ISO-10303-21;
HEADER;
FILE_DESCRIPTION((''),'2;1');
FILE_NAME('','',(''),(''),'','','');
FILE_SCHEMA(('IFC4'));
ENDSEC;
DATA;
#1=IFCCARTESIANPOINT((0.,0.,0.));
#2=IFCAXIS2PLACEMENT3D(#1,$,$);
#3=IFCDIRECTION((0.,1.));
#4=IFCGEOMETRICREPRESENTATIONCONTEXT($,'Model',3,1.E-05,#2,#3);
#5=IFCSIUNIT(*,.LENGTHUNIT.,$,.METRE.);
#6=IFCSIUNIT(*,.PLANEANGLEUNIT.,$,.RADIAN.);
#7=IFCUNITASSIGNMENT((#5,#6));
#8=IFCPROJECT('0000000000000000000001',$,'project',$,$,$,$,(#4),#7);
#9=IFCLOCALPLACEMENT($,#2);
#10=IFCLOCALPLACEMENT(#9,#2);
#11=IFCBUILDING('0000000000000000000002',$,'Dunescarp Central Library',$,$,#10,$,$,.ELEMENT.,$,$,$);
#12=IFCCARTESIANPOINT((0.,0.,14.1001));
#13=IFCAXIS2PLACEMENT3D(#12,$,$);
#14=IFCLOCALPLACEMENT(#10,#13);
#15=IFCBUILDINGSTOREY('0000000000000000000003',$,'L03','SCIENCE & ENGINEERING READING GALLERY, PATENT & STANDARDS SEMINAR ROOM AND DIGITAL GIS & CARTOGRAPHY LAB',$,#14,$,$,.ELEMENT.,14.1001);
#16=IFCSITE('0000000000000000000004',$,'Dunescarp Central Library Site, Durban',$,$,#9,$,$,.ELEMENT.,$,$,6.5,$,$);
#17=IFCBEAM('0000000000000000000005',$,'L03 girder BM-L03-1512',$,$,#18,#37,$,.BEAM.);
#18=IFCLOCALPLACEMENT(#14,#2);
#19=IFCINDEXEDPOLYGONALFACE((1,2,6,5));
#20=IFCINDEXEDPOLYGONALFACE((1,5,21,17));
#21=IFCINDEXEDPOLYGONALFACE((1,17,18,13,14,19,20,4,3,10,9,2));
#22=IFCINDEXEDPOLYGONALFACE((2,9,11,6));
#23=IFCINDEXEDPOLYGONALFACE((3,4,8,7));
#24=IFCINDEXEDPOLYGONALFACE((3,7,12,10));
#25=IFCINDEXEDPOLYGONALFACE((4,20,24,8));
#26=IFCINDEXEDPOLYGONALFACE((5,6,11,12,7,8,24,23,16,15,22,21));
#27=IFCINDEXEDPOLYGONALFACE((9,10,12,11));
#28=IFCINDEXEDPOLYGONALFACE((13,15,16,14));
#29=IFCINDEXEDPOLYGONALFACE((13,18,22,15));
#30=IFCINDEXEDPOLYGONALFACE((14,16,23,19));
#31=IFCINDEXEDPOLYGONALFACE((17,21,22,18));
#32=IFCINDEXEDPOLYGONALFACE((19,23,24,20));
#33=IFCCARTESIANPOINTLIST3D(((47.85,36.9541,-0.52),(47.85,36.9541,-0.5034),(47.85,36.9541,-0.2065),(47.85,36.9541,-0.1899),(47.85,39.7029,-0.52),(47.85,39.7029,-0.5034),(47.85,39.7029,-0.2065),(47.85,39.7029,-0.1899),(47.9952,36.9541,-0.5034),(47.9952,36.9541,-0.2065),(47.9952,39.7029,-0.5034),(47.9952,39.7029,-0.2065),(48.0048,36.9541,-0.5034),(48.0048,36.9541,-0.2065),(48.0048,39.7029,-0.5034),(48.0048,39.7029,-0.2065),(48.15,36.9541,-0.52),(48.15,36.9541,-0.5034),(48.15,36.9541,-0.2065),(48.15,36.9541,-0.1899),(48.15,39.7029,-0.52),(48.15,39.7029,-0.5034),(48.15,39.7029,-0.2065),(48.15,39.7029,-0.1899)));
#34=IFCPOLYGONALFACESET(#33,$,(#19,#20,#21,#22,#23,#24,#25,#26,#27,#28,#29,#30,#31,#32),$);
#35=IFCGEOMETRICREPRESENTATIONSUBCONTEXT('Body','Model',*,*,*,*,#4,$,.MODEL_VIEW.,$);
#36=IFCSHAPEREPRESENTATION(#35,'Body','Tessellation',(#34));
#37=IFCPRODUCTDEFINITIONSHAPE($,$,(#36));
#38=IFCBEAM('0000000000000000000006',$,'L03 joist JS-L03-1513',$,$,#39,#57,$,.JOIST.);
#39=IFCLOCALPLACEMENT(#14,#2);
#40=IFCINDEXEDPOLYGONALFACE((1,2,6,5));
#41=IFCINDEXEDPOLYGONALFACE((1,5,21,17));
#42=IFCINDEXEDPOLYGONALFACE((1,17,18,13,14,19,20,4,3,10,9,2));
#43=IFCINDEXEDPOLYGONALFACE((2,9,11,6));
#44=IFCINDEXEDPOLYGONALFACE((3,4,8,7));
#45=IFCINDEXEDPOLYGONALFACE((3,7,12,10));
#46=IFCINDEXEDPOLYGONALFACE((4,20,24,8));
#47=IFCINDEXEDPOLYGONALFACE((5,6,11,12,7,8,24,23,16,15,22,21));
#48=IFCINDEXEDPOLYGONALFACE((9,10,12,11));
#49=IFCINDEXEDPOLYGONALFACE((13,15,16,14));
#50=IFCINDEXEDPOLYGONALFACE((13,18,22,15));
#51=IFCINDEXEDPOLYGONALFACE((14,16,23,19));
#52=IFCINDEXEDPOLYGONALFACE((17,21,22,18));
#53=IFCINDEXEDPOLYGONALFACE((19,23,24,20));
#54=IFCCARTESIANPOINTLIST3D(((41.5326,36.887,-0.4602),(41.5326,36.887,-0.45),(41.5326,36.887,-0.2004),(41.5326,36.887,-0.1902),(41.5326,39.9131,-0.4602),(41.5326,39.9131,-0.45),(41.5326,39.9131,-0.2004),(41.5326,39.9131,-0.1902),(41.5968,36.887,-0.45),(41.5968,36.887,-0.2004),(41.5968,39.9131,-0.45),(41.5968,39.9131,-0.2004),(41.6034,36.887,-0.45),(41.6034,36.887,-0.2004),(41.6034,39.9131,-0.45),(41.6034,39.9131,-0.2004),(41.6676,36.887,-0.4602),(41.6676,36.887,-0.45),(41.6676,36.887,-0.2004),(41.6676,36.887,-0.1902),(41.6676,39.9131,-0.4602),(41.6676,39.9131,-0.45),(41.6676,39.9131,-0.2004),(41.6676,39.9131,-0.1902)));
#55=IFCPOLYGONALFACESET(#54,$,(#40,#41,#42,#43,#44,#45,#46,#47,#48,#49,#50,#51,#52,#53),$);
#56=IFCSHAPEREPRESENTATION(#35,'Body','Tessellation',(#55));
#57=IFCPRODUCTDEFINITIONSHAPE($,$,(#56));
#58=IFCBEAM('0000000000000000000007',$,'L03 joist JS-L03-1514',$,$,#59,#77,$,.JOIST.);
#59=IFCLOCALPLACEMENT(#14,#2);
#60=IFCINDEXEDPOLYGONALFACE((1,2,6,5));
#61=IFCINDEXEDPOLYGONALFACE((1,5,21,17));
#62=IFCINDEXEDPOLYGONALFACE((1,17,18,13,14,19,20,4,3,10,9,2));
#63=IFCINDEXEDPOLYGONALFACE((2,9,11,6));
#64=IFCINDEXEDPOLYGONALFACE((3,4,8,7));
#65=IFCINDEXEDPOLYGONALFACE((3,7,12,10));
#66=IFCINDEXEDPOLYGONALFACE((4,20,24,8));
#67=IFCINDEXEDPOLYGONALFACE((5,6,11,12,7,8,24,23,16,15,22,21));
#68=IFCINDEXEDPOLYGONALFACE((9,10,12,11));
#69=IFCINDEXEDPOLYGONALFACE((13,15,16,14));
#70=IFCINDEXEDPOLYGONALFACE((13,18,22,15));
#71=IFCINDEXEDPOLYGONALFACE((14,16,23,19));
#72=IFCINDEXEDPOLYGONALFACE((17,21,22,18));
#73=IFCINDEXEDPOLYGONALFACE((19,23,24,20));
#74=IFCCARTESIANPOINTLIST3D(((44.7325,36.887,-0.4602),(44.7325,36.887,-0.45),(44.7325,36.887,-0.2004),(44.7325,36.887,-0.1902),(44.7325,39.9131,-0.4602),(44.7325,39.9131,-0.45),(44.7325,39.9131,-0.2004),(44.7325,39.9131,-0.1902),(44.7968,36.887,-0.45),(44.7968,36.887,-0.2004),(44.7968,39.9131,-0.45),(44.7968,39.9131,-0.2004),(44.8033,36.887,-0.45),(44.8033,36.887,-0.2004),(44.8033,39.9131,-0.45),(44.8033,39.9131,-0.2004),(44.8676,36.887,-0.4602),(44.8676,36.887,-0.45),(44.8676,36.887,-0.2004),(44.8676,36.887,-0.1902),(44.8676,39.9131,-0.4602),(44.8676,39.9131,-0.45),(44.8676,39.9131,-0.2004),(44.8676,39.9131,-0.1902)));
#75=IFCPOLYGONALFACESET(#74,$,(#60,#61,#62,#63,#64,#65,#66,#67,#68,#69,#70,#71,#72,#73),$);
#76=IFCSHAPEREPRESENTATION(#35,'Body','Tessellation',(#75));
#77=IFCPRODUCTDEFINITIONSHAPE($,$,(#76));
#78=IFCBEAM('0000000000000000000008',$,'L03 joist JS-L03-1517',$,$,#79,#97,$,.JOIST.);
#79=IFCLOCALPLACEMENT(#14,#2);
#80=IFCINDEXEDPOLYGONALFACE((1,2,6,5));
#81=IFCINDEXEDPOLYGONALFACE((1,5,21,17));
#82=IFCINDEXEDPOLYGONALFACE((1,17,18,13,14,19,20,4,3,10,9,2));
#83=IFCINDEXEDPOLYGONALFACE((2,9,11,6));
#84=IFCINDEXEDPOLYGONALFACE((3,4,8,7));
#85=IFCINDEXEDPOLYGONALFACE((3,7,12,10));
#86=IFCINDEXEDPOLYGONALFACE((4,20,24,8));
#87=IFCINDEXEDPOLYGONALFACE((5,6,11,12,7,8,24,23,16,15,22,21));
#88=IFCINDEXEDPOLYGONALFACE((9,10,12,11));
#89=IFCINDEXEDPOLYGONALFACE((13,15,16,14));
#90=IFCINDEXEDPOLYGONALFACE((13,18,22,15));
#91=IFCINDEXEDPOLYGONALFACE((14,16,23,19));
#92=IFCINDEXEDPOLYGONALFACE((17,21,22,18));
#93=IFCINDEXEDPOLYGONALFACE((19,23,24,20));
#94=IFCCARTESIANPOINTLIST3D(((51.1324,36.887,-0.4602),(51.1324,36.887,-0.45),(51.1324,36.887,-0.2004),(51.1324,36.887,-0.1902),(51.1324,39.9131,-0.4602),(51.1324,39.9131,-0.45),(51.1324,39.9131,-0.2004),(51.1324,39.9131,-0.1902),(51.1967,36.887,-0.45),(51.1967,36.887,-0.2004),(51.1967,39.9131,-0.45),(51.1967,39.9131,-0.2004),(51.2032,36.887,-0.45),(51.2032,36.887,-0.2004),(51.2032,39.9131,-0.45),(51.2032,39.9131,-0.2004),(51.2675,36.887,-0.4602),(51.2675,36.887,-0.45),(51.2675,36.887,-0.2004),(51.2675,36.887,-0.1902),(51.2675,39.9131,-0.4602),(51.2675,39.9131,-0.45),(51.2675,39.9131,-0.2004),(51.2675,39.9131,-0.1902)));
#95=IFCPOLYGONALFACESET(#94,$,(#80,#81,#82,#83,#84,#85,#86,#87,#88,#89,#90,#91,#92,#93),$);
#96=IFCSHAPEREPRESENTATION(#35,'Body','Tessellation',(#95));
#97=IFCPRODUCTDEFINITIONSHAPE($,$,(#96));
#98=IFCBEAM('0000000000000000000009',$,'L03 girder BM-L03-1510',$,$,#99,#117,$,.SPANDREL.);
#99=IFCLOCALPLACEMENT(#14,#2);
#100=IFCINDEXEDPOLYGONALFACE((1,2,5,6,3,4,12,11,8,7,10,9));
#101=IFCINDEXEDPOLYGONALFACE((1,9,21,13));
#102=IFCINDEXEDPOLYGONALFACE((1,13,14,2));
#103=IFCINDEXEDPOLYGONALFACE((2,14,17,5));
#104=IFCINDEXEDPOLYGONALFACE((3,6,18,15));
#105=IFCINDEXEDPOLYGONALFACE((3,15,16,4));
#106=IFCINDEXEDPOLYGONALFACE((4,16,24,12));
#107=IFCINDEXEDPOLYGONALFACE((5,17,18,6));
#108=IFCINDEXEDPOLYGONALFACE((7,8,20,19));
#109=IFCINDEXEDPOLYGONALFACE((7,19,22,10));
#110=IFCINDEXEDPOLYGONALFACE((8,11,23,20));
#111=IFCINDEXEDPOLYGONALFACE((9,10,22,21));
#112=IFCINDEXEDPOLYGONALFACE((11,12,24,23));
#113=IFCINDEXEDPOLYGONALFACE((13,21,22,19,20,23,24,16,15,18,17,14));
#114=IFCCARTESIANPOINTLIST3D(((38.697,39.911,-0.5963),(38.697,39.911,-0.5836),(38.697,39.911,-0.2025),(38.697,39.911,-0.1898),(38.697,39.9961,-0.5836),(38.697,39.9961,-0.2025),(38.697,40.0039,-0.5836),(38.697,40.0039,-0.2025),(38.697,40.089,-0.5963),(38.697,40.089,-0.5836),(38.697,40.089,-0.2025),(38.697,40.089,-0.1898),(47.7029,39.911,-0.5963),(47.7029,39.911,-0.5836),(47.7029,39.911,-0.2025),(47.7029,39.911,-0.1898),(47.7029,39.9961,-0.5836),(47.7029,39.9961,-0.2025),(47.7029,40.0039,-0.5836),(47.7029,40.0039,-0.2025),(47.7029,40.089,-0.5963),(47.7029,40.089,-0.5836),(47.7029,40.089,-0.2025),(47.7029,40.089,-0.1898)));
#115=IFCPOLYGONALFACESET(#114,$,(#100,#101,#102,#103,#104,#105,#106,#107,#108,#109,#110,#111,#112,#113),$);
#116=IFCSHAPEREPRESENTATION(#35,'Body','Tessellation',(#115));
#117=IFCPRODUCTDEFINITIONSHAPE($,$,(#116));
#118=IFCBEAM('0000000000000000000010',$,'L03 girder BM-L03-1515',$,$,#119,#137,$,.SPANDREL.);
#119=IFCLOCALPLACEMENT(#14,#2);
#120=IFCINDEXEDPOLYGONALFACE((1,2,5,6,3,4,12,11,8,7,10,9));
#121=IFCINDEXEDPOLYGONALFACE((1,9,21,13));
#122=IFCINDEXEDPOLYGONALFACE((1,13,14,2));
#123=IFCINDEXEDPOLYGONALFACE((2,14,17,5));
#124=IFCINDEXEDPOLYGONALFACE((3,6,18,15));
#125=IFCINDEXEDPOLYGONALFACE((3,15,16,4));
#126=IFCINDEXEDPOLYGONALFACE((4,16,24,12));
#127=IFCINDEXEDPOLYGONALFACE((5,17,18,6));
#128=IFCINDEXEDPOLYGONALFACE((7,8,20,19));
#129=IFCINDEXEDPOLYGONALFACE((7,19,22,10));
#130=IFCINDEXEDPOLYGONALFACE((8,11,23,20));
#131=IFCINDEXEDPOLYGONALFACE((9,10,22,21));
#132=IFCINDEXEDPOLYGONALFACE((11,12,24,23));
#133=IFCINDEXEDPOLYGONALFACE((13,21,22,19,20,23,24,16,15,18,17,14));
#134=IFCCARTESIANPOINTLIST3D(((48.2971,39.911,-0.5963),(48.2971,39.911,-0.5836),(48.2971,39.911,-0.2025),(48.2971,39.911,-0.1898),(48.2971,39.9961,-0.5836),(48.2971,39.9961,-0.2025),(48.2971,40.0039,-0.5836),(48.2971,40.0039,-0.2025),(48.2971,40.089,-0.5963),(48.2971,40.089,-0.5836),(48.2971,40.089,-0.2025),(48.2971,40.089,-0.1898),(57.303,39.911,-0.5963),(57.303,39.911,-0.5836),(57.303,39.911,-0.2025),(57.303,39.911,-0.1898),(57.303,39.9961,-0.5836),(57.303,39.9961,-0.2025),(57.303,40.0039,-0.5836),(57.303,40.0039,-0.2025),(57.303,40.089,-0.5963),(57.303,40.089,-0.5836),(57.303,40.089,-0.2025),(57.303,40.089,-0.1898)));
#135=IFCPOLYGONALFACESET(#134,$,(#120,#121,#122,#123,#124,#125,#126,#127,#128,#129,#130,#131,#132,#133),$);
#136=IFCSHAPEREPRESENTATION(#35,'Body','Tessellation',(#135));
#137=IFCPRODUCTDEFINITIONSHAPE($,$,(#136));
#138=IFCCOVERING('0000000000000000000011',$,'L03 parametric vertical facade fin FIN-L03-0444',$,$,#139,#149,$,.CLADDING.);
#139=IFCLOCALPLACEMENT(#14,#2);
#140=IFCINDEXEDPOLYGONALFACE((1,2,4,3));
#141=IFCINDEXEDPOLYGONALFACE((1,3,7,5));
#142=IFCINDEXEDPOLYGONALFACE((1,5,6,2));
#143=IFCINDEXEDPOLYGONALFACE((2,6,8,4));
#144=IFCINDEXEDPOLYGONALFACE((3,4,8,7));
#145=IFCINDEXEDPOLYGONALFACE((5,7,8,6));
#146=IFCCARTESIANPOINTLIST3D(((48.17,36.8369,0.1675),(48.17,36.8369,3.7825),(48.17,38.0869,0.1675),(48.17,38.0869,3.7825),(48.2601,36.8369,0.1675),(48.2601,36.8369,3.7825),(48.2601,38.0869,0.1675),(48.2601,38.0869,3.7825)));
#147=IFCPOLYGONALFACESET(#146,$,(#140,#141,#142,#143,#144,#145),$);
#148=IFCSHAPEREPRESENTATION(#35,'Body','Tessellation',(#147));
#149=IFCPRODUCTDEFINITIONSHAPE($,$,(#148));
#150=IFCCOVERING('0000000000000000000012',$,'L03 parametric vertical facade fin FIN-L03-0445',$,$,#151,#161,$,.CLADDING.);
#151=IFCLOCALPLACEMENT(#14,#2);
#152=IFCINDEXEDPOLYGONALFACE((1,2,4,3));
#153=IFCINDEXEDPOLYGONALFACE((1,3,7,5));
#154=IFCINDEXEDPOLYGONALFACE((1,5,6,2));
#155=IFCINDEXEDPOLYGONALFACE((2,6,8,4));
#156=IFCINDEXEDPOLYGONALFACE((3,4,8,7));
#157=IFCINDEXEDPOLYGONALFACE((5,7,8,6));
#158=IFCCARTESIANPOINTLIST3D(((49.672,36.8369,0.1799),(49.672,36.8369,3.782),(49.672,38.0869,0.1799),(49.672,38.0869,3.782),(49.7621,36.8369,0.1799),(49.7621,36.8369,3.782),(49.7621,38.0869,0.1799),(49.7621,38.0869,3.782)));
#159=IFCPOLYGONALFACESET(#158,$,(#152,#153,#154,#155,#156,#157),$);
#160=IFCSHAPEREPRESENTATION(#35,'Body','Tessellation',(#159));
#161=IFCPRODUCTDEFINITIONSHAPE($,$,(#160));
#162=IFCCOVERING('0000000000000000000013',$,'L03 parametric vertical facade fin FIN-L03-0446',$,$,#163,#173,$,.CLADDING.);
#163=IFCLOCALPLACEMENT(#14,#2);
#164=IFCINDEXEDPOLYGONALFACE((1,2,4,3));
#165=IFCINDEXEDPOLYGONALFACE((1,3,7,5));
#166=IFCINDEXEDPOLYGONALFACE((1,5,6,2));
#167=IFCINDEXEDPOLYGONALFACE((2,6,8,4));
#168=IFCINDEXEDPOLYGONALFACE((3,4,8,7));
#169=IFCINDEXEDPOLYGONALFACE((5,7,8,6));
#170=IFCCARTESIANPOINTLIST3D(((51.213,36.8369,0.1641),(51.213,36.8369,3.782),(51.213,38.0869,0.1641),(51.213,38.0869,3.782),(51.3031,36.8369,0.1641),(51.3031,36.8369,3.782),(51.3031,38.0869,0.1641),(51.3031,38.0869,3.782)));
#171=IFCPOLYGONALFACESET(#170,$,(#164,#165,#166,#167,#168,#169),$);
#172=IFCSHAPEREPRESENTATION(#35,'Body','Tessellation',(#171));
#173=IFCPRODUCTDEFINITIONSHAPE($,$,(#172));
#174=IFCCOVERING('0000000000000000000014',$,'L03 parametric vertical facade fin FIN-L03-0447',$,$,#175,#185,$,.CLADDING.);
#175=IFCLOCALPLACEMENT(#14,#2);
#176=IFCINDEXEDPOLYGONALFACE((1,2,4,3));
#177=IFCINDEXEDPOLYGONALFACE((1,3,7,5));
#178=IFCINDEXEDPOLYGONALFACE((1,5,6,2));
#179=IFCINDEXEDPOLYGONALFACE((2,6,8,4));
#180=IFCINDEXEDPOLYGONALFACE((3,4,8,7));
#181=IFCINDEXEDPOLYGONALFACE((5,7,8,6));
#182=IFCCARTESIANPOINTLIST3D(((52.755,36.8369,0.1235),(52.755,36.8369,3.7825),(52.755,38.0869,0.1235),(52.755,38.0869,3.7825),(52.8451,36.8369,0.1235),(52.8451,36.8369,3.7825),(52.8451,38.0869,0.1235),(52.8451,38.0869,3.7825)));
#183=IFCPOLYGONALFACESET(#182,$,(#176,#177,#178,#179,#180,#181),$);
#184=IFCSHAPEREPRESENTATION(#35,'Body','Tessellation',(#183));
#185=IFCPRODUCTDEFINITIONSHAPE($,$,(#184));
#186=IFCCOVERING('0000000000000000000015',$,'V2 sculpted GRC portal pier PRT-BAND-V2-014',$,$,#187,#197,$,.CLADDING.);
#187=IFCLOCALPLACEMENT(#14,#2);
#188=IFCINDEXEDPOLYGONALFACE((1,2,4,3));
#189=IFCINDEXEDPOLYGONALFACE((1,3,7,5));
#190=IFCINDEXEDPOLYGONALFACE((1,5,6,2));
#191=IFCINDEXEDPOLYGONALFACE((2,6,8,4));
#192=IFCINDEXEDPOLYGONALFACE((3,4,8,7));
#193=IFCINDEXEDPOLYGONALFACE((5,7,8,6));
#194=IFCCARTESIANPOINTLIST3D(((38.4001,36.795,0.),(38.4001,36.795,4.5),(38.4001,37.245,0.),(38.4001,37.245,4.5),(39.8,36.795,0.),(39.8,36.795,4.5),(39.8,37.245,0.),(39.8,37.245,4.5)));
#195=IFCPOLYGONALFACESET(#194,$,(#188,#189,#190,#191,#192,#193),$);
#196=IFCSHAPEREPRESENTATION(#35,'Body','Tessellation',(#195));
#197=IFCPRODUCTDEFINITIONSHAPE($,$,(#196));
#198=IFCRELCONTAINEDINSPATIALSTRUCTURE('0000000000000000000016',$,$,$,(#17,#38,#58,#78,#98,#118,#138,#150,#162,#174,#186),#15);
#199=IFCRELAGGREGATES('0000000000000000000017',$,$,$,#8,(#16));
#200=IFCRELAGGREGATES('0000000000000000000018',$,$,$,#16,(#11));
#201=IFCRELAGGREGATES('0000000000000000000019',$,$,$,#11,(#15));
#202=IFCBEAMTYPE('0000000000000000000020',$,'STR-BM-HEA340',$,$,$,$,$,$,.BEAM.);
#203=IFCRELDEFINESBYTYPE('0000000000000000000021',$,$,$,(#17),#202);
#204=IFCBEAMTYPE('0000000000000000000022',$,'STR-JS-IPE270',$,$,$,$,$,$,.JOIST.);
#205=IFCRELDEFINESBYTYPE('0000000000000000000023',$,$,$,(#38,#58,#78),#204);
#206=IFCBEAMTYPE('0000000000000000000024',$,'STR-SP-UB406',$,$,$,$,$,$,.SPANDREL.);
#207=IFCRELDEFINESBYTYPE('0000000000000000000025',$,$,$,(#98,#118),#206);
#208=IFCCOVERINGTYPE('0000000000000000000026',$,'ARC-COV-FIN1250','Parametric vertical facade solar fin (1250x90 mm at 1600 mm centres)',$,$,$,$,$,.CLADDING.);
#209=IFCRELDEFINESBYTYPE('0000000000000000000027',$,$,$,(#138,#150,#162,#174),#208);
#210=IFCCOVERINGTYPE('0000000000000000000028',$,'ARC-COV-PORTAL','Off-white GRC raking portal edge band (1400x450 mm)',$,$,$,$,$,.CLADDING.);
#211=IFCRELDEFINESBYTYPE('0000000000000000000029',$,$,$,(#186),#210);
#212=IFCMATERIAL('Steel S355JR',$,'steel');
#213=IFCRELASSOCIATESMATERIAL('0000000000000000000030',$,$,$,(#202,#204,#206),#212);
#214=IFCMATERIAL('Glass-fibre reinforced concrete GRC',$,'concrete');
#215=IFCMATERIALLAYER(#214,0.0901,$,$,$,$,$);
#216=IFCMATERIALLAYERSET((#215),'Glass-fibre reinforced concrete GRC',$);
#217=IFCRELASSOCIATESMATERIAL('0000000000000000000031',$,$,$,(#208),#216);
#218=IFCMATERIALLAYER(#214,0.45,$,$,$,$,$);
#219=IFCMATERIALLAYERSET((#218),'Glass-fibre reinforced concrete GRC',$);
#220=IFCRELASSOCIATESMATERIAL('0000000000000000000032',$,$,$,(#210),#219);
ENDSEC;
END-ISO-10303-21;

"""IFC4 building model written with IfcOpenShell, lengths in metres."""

from ifc_helpers import new_model, si_unit, direction, frame, origin, origin_2d, place, context, subcontext, project, spatial, rectangle, i_section, extrude, material, layer, layer_set, material_profile, profile_set, type_object, element, save


model = new_model("IFC4")

# Units and contexts
model_context = context("Model", 3, precision=1e-05, world=origin(), true_north=direction((0.0, 1.0)))
body_context = subcontext(model_context, "Body", "Model", "MODEL_VIEW")
ifc_project = project(units=[si_unit("LENGTHUNIT", "METRE"), si_unit("PLANEANGLEUNIT", "RADIAN")], contexts=[model_context])

# Site, building, storey
site_placement = place(None, origin())
site = spatial("IfcSite", under=ifc_project, at=site_placement, Name="Dunescarp Central Library Site, Durban", CompositionType="ELEMENT", RefElevation=6.5)
building_placement = place(site_placement, origin())
building = spatial("IfcBuilding", under=site, at=building_placement, Name="Dunescarp Central Library", CompositionType="ELEMENT")
storey_placement = place(building_placement, frame((0.0, 0.0, 14.1001)))
storey = spatial("IfcBuildingStorey", under=building, at=storey_placement, Name="L03", Description="SCIENCE & ENGINEERING READING GALLERY, PATENT & STANDARDS SEMINAR ROOM AND DIGITAL GIS & CARTOGRAPHY LAB", CompositionType="ELEMENT", Elevation=14.1001)

# Beams
ifc_material_1 = material(Name="Steel S355JR", Category="steel")
ifc_material_profile_1 = material_profile(ifc_material_1, i_section(OverallWidth=0.3, OverallDepth=0.3301, WebThickness=0.0095, FlangeThickness=0.0166, at=origin_2d()), Name="HEA 340")
ifc_profile_set_1 = profile_set([ifc_material_profile_1], Name="Steel S355JR")
beam_type_1 = type_object("IfcBeamType", Name="STR-BM-HEA340", PredefinedType="BEAM", material=ifc_profile_set_1)
beam_placement = place(storey_placement, frame((48.0, 36.9541, -0.355), z_axis=(0.0, 1.0, 0.0), x_axis=(-1.0, 0.0, 0.0)))
element("IfcBeam", 1, at=beam_placement, inside=storey, type_object=beam_type_1, Name="L03 girder BM-L03-1512", PredefinedType="BEAM", context=body_context, shape_type="SweptSolid", body=[
    extrude(i_section(OverallWidth=0.3, OverallDepth=0.3301, WebThickness=0.0095, FlangeThickness=0.0166, at=origin_2d()), origin(), (0.0, 0.0, 1.0), 2.7488),
])
ifc_material_profile_2 = material_profile(ifc_material_1, i_section(OverallWidth=0.135, OverallDepth=0.27, WebThickness=0.0066, FlangeThickness=0.0103, at=origin_2d()), Name="IPE 270")
ifc_profile_set_2 = profile_set([ifc_material_profile_2], Name="Steel S355JR")
beam_type_2 = type_object("IfcBeamType", Name="STR-JS-IPE270", PredefinedType="JOIST", material=ifc_profile_set_2)
for number, where, z_axis, x_axis, name in (
    (2, (41.6001, 36.887, -0.3252), (0.0, 1.0, 0.0), (-1.0, 0.0, 0.0), "L03 joist JS-L03-1513"),
    (3, (44.8, 36.887, -0.3252), (0.0, 1.0, 0.0), (-1.0, 0.0, 0.0), "L03 joist JS-L03-1514"),
    (4, (51.2, 36.887, -0.3252), (0.0, 1.0, 0.0), (-1.0, 0.0, 0.0), "L03 joist JS-L03-1517"),
):
    element("IfcBeam", number, at=place(storey_placement, frame(where, z_axis=z_axis, x_axis=x_axis)), inside=storey, type_object=beam_type_2, Name=name, PredefinedType="JOIST", context=body_context, shape_type="SweptSolid", body=[
        extrude(i_section(OverallWidth=0.135, OverallDepth=0.27, WebThickness=0.0066, FlangeThickness=0.0103, at=origin_2d()), origin(), (0.0, 0.0, 1.0), 3.0261),
    ])
ifc_material_profile_3 = material_profile(ifc_material_1, i_section(OverallWidth=0.178, OverallDepth=0.4065, WebThickness=0.0078, FlangeThickness=0.0127, at=origin_2d()), Name="UB 406x178x60")
ifc_profile_set_3 = profile_set([ifc_material_profile_3], Name="Steel S355JR")
beam_type_3 = type_object("IfcBeamType", Name="STR-SP-UB406", PredefinedType="SPANDREL", material=ifc_profile_set_3)
for number, where, z_axis, x_axis, name in (
    (5, (38.697, 40.0, -0.3931), (1.0, 0.0, 0.0), (0.0, 1.0, 0.0), "L03 girder BM-L03-1510"),
    (6, (48.2971, 40.0, -0.3931), (1.0, 0.0, 0.0), (0.0, 1.0, 0.0), "L03 girder BM-L03-1515"),
):
    element("IfcBeam", number, at=place(storey_placement, frame(where, z_axis=z_axis, x_axis=x_axis)), inside=storey, type_object=beam_type_3, Name=name, PredefinedType="SPANDREL", context=body_context, shape_type="SweptSolid", body=[
        extrude(i_section(OverallWidth=0.178, OverallDepth=0.4065, WebThickness=0.0078, FlangeThickness=0.0127, at=origin_2d()), origin(), (0.0, 0.0, 1.0), 9.0059),
    ])

# Coverings
ifc_material_2 = material(Name="Glass-fibre reinforced concrete GRC", Category="concrete")
ifc_layer_1 = layer(ifc_material_2, 0.0901)
ifc_layer_set_1 = layer_set([ifc_layer_1], Name="Glass-fibre reinforced concrete GRC")
covering_type_1 = type_object("IfcCoveringType", Name="ARC-COV-FIN1250", Description="Parametric vertical facade solar fin (1250x90 mm at 1600 mm centres)", PredefinedType="CLADDING", material=ifc_layer_set_1)
covering_1_placement = place(storey_placement, frame((48.2151, 37.4619, 0.1675), z_axis=(0.0, 0.0, 1.0), x_axis=(0.0, 1.0, 0.0)))
element("IfcCovering", 7, at=covering_1_placement, inside=storey, type_object=covering_type_1, Name="L03 parametric vertical facade fin FIN-L03-0444", PredefinedType="CLADDING", context=body_context, shape_type="SweptSolid", body=[
    extrude(rectangle(XDim=1.25, YDim=0.0901, at=origin_2d()), origin(), (0.0, 0.0, 1.0), 3.615),
])
covering_2_placement = place(storey_placement, frame((49.717, 37.4619, 0.1799), z_axis=(0.0, 0.0, 1.0), x_axis=(0.0, 1.0, 0.0)))
element("IfcCovering", 8, at=covering_2_placement, inside=storey, type_object=covering_type_1, Name="L03 parametric vertical facade fin FIN-L03-0445", PredefinedType="CLADDING", context=body_context, shape_type="SweptSolid", body=[
    extrude(rectangle(XDim=1.25, YDim=0.0901, at=origin_2d()), origin(), (0.0, 0.0, 1.0), 3.6021),
])
covering_3_placement = place(storey_placement, frame((51.2581, 37.4619, 0.1641), z_axis=(0.0, 0.0, 1.0), x_axis=(0.0, 1.0, 0.0)))
element("IfcCovering", 9, at=covering_3_placement, inside=storey, type_object=covering_type_1, Name="L03 parametric vertical facade fin FIN-L03-0446", PredefinedType="CLADDING", context=body_context, shape_type="SweptSolid", body=[
    extrude(rectangle(XDim=1.25, YDim=0.0901, at=origin_2d()), origin(), (0.0, 0.0, 1.0), 3.6179),
])
covering_4_placement = place(storey_placement, frame((52.8, 37.4619, 0.1235), z_axis=(0.0, 0.0, 1.0), x_axis=(0.0, 1.0, 0.0)))
element("IfcCovering", 10, at=covering_4_placement, inside=storey, type_object=covering_type_1, Name="L03 parametric vertical facade fin FIN-L03-0447", PredefinedType="CLADDING", context=body_context, shape_type="SweptSolid", body=[
    extrude(rectangle(XDim=1.25, YDim=0.0901, at=origin_2d()), origin(), (0.0, 0.0, 1.0), 3.6589),
])
ifc_layer_2 = layer(ifc_material_2, 0.45)
ifc_layer_set_2 = layer_set([ifc_layer_2], Name="Glass-fibre reinforced concrete GRC")
covering_type_2 = type_object("IfcCoveringType", Name="ARC-COV-PORTAL", Description="Off-white GRC raking portal edge band (1400x450 mm)", PredefinedType="CLADDING", material=ifc_layer_set_2)
covering_5_placement = place(storey_placement, frame((39.1001, 37.02, 0.0), z_axis=(0.0, 0.0, 1.0), x_axis=(1.0, 0.0, 0.0)))
element("IfcCovering", 11, at=covering_5_placement, inside=storey, type_object=covering_type_2, Name="V2 sculpted GRC portal pier PRT-BAND-V2-014", PredefinedType="CLADDING", context=body_context, shape_type="SweptSolid", body=[
    extrude(rectangle(XDim=1.3999, YDim=0.45, at=origin_2d()), origin(), (0.0, 0.0, 1.0), 4.5),
])

save(model, "model.ifc")
